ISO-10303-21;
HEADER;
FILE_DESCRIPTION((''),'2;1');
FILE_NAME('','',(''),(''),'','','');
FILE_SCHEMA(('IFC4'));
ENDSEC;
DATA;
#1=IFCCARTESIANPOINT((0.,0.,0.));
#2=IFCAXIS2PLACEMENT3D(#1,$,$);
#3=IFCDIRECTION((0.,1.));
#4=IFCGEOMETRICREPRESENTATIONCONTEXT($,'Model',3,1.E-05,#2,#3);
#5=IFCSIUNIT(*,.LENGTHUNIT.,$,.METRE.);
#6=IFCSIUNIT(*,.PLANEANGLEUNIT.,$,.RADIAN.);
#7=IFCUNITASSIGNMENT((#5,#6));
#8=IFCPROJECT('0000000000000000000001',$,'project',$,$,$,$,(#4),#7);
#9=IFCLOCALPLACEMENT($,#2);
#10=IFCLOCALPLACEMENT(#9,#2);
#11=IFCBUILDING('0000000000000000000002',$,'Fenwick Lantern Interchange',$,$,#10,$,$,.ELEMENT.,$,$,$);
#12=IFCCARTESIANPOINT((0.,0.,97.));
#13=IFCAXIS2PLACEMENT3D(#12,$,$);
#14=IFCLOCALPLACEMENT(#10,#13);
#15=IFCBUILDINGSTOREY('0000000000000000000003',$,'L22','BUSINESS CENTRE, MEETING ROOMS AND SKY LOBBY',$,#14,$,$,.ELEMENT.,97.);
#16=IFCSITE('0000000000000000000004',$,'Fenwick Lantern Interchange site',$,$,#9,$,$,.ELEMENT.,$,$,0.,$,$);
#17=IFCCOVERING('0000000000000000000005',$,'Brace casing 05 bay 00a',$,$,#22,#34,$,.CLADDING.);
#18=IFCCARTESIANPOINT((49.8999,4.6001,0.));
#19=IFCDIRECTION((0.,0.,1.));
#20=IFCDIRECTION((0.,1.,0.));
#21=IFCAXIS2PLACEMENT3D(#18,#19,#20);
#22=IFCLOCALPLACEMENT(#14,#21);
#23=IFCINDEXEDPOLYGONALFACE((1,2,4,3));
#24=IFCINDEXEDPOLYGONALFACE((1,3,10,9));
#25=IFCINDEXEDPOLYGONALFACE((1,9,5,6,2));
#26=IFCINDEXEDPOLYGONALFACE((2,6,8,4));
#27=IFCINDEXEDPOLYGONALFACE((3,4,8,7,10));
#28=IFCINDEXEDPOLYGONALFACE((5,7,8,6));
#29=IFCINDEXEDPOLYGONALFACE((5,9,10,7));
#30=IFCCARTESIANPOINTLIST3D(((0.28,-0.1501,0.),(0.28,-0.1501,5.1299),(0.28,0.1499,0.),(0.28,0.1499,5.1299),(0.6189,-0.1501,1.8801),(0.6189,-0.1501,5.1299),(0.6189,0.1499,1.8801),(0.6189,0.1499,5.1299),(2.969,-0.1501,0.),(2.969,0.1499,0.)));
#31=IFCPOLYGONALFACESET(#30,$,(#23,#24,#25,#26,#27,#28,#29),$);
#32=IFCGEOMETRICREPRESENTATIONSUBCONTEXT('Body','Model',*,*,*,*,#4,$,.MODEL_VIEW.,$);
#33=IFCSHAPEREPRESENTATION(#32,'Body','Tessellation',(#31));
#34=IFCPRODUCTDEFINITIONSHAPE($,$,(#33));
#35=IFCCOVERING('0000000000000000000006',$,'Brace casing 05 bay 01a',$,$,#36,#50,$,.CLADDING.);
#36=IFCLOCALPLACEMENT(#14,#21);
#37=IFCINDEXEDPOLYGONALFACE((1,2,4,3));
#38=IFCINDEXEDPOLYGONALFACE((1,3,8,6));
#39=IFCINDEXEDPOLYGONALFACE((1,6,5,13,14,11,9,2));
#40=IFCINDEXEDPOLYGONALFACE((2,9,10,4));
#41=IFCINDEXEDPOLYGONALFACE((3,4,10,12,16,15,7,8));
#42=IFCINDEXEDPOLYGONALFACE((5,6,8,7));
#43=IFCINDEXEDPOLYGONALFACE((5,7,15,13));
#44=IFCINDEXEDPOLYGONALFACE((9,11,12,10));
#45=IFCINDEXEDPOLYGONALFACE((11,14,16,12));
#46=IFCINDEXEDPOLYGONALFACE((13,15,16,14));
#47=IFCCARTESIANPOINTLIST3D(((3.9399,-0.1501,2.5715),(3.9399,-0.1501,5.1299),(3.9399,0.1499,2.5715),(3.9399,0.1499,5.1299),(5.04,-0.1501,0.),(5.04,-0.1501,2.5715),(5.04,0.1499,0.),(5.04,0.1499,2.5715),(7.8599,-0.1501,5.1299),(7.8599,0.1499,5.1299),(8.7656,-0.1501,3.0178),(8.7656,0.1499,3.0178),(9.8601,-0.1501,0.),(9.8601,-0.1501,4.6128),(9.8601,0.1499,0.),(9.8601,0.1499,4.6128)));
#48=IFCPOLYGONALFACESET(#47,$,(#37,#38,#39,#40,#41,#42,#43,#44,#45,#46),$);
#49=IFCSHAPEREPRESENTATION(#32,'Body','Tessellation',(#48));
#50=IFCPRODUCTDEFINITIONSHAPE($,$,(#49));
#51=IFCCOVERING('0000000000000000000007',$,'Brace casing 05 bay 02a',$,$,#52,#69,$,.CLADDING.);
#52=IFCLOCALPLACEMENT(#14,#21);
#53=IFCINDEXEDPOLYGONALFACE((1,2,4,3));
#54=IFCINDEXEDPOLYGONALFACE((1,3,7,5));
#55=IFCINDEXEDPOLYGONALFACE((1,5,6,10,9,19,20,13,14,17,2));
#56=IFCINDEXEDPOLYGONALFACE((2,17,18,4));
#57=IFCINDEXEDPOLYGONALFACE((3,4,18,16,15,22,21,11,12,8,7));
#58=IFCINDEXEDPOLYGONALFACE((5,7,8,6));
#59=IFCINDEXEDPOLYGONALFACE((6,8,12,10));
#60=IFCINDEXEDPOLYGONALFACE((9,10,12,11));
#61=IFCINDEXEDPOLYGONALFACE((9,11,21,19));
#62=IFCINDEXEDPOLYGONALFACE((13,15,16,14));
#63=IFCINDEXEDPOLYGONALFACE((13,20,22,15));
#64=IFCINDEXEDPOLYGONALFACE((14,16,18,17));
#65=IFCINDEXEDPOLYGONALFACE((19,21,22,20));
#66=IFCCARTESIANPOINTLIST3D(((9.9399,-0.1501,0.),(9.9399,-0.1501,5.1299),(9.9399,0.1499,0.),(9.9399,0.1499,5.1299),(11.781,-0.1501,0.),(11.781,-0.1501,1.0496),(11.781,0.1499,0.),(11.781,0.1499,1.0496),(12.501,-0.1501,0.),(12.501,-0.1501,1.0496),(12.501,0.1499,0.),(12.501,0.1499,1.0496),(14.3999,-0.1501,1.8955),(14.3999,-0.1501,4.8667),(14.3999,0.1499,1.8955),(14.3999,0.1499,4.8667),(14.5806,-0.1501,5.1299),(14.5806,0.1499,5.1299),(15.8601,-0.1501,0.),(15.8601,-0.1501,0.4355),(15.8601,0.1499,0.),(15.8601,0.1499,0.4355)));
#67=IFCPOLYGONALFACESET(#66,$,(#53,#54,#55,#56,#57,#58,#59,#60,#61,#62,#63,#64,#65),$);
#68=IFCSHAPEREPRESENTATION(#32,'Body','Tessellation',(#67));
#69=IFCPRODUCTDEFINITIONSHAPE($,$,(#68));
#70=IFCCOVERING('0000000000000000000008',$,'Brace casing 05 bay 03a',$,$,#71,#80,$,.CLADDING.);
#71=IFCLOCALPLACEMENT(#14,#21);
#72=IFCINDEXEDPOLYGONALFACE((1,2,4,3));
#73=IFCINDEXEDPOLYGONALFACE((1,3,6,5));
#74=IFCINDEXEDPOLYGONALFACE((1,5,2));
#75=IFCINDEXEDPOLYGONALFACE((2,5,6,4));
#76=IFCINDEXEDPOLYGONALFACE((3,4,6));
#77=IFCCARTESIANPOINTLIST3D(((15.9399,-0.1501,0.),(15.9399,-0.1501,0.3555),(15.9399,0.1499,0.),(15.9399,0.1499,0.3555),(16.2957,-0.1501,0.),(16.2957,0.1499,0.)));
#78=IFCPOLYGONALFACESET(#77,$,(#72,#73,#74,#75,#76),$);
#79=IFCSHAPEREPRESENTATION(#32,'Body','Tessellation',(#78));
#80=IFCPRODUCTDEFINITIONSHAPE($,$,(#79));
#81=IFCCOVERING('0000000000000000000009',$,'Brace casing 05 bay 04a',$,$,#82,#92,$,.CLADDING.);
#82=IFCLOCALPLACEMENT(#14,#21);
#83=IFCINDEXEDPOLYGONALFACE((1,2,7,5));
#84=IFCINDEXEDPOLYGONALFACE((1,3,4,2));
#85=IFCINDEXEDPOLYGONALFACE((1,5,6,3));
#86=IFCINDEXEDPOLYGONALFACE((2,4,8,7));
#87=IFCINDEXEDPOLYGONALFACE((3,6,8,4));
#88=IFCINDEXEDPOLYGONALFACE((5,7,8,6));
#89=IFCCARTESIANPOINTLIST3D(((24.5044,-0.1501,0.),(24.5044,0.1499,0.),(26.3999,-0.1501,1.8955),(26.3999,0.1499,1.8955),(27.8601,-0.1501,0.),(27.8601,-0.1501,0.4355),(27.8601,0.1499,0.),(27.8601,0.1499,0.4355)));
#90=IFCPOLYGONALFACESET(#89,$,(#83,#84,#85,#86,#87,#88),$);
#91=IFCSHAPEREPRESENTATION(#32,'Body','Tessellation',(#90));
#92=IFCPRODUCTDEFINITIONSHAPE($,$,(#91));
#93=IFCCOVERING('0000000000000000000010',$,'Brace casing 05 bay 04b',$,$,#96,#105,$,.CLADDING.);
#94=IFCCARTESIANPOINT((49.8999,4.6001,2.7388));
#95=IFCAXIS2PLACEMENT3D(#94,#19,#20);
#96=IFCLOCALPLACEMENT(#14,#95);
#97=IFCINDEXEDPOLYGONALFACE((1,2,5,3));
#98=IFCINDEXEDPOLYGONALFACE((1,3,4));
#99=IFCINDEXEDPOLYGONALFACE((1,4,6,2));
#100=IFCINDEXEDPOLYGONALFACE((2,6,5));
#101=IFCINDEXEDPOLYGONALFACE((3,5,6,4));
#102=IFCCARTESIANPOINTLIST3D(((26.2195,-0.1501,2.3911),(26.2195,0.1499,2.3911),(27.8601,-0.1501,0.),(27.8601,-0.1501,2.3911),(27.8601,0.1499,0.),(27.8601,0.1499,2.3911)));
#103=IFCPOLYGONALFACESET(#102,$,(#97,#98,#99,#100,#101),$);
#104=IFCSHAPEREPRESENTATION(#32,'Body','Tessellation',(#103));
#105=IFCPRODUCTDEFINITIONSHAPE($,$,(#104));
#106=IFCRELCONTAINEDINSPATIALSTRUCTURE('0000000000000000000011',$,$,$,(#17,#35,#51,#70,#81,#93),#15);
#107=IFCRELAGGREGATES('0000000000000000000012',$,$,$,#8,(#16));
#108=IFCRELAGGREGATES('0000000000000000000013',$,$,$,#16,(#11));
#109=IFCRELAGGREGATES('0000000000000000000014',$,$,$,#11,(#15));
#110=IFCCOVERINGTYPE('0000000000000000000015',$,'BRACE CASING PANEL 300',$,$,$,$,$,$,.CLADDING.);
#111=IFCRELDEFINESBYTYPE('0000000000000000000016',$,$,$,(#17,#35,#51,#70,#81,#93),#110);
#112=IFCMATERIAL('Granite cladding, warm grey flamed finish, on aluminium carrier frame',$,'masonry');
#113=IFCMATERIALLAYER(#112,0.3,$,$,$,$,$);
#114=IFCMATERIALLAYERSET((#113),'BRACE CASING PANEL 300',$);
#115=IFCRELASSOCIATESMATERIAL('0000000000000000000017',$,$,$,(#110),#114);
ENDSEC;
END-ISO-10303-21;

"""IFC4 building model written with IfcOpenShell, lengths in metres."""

from ifc_helpers import new_model, si_unit, direction, frame, origin, place, context, subcontext, project, spatial, polyline, outline, extrude, material, layer, layer_set, type_object, element, save


model = new_model("IFC4")

# Units and contexts
model_context = context("Model", 3, precision=1e-05, world=origin(), true_north=direction((0.0, 1.0)))
body_context = subcontext(model_context, "Body", "Model", "MODEL_VIEW")
ifc_project = project(units=[si_unit("LENGTHUNIT", "METRE"), si_unit("PLANEANGLEUNIT", "RADIAN")], contexts=[model_context])

# Site, building, storey
site_placement = place(None, origin())
site = spatial("IfcSite", under=ifc_project, at=site_placement, Name="Fenwick Lantern Interchange site", CompositionType="ELEMENT", RefElevation=0.0)
building_placement = place(site_placement, origin())
building = spatial("IfcBuilding", under=site, at=building_placement, Name="Fenwick Lantern Interchange", CompositionType="ELEMENT")
storey_placement = place(building_placement, frame((0.0, 0.0, 97.0)))
storey = spatial("IfcBuildingStorey", under=building, at=storey_placement, Name="L22", Description="BUSINESS CENTRE, MEETING ROOMS AND SKY LOBBY", CompositionType="ELEMENT", Elevation=97.0)

# Coverings
ifc_material_1 = material(Name="Granite cladding, warm grey flamed finish, on aluminium carrier frame", Category="masonry")
ifc_layer_1 = layer(ifc_material_1, 0.3)
ifc_layer_set_1 = layer_set([ifc_layer_1], Name="BRACE CASING PANEL 300")
covering_type = type_object("IfcCoveringType", Name="BRACE CASING PANEL 300", PredefinedType="CLADDING", material=ifc_layer_set_1)
covering_1_placement = place(storey_placement, frame((49.8999, 4.6001, 0.0), z_axis=(0.0, 0.0, 1.0), x_axis=(0.0, 1.0, 0.0)))
element("IfcCovering", 1, at=covering_1_placement, inside=storey, type_object=covering_type, Name="Brace casing 05 bay 00a", PredefinedType="CLADDING", context=body_context, shape_type="SweptSolid", body=[
    extrude(outline(polyline([(0.28, 0.0), (2.969, 0.0), (0.6189, 1.8801), (0.6189, 5.1299), (0.28, 5.1299), (0.28, 0.0)])), frame((0.0, 0.1499, 0.0), z_axis=(0.0, -1.0, 0.0), x_axis=(1.0, 0.0, 0.0)), (0.0, 0.0, 1.0), 0.3),
])
covering_2_placement = place(storey_placement, frame((49.8999, 4.6001, 0.0), z_axis=(0.0, 0.0, 1.0), x_axis=(0.0, 1.0, 0.0)))
element("IfcCovering", 2, at=covering_2_placement, inside=storey, type_object=covering_type, Name="Brace casing 05 bay 01a", PredefinedType="CLADDING", context=body_context, shape_type="SweptSolid", body=[
    extrude(outline(polyline([(5.04, 0.0), (9.8601, 0.0), (9.8601, 4.6128), (8.7656, 3.0178), (7.8599, 5.1299), (3.9399, 5.1299), (3.9399, 2.5715), (5.04, 2.5715), (5.04, 0.0)])), frame((0.0, 0.1499, 0.0), z_axis=(0.0, -1.0, 0.0), x_axis=(1.0, 0.0, 0.0)), (0.0, 0.0, 1.0), 0.3),
])
covering_3_placement = place(storey_placement, frame((49.8999, 4.6001, 0.0), z_axis=(0.0, 0.0, 1.0), x_axis=(0.0, 1.0, 0.0)))
element("IfcCovering", 3, at=covering_3_placement, inside=storey, type_object=covering_type, Name="Brace casing 05 bay 02a", PredefinedType="CLADDING", context=body_context, shape_type="SweptSolid", body=[
    extrude(outline(polyline([(9.9399, 0.0), (11.781, 0.0), (11.781, 1.0496), (12.501, 1.0496), (12.501, 0.0), (15.8601, 0.0), (15.8601, 0.4355), (14.3999, 1.8955), (14.3999, 4.8667), (14.5806, 5.1299), (9.9399, 5.1299), (9.9399, 0.0)])), frame((0.0, 0.1499, 0.0), z_axis=(0.0, -1.0, 0.0), x_axis=(1.0, 0.0, 0.0)), (0.0, 0.0, 1.0), 0.3),
])
covering_4_placement = place(storey_placement, frame((49.8999, 4.6001, 0.0), z_axis=(0.0, 0.0, 1.0), x_axis=(0.0, 1.0, 0.0)))
element("IfcCovering", 4, at=covering_4_placement, inside=storey, type_object=covering_type, Name="Brace casing 05 bay 03a", PredefinedType="CLADDING", context=body_context, shape_type="SweptSolid", body=[
    extrude(outline(polyline([(15.9399, 0.0), (16.2957, 0.0), (15.9399, 0.3555), (15.9399, 0.0)])), frame((0.0, 0.1499, 0.0), z_axis=(0.0, -1.0, 0.0), x_axis=(1.0, 0.0, 0.0)), (0.0, 0.0, 1.0), 0.3),
])
covering_5_placement = place(storey_placement, frame((49.8999, 4.6001, 0.0), z_axis=(0.0, 0.0, 1.0), x_axis=(0.0, 1.0, 0.0)))
element("IfcCovering", 5, at=covering_5_placement, inside=storey, type_object=covering_type, Name="Brace casing 05 bay 04a", PredefinedType="CLADDING", context=body_context, shape_type="SweptSolid", body=[
    extrude(outline(polyline([(24.5044, 0.0), (27.8601, 0.0), (27.8601, 0.4355), (26.3999, 1.8955), (24.5044, 0.0)])), frame((0.0, 0.1499, 0.0), z_axis=(0.0, -1.0, 0.0), x_axis=(1.0, 0.0, 0.0)), (0.0, 0.0, 1.0), 0.3),
])
covering_6_placement = place(storey_placement, frame((49.8999, 4.6001, 2.7388), z_axis=(0.0, 0.0, 1.0), x_axis=(0.0, 1.0, 0.0)))
element("IfcCovering", 6, at=covering_6_placement, inside=storey, type_object=covering_type, Name="Brace casing 05 bay 04b", PredefinedType="CLADDING", context=body_context, shape_type="SweptSolid", body=[
    extrude(outline(polyline([(27.8601, 0.0), (27.8601, 2.3911), (26.2195, 2.3911), (27.8601, 0.0)])), frame((0.0, 0.1499, 0.0), z_axis=(0.0, -1.0, 0.0), x_axis=(1.0, 0.0, 0.0)), (0.0, 0.0, 1.0), 0.3),
])

save(model, "model.ifc")
